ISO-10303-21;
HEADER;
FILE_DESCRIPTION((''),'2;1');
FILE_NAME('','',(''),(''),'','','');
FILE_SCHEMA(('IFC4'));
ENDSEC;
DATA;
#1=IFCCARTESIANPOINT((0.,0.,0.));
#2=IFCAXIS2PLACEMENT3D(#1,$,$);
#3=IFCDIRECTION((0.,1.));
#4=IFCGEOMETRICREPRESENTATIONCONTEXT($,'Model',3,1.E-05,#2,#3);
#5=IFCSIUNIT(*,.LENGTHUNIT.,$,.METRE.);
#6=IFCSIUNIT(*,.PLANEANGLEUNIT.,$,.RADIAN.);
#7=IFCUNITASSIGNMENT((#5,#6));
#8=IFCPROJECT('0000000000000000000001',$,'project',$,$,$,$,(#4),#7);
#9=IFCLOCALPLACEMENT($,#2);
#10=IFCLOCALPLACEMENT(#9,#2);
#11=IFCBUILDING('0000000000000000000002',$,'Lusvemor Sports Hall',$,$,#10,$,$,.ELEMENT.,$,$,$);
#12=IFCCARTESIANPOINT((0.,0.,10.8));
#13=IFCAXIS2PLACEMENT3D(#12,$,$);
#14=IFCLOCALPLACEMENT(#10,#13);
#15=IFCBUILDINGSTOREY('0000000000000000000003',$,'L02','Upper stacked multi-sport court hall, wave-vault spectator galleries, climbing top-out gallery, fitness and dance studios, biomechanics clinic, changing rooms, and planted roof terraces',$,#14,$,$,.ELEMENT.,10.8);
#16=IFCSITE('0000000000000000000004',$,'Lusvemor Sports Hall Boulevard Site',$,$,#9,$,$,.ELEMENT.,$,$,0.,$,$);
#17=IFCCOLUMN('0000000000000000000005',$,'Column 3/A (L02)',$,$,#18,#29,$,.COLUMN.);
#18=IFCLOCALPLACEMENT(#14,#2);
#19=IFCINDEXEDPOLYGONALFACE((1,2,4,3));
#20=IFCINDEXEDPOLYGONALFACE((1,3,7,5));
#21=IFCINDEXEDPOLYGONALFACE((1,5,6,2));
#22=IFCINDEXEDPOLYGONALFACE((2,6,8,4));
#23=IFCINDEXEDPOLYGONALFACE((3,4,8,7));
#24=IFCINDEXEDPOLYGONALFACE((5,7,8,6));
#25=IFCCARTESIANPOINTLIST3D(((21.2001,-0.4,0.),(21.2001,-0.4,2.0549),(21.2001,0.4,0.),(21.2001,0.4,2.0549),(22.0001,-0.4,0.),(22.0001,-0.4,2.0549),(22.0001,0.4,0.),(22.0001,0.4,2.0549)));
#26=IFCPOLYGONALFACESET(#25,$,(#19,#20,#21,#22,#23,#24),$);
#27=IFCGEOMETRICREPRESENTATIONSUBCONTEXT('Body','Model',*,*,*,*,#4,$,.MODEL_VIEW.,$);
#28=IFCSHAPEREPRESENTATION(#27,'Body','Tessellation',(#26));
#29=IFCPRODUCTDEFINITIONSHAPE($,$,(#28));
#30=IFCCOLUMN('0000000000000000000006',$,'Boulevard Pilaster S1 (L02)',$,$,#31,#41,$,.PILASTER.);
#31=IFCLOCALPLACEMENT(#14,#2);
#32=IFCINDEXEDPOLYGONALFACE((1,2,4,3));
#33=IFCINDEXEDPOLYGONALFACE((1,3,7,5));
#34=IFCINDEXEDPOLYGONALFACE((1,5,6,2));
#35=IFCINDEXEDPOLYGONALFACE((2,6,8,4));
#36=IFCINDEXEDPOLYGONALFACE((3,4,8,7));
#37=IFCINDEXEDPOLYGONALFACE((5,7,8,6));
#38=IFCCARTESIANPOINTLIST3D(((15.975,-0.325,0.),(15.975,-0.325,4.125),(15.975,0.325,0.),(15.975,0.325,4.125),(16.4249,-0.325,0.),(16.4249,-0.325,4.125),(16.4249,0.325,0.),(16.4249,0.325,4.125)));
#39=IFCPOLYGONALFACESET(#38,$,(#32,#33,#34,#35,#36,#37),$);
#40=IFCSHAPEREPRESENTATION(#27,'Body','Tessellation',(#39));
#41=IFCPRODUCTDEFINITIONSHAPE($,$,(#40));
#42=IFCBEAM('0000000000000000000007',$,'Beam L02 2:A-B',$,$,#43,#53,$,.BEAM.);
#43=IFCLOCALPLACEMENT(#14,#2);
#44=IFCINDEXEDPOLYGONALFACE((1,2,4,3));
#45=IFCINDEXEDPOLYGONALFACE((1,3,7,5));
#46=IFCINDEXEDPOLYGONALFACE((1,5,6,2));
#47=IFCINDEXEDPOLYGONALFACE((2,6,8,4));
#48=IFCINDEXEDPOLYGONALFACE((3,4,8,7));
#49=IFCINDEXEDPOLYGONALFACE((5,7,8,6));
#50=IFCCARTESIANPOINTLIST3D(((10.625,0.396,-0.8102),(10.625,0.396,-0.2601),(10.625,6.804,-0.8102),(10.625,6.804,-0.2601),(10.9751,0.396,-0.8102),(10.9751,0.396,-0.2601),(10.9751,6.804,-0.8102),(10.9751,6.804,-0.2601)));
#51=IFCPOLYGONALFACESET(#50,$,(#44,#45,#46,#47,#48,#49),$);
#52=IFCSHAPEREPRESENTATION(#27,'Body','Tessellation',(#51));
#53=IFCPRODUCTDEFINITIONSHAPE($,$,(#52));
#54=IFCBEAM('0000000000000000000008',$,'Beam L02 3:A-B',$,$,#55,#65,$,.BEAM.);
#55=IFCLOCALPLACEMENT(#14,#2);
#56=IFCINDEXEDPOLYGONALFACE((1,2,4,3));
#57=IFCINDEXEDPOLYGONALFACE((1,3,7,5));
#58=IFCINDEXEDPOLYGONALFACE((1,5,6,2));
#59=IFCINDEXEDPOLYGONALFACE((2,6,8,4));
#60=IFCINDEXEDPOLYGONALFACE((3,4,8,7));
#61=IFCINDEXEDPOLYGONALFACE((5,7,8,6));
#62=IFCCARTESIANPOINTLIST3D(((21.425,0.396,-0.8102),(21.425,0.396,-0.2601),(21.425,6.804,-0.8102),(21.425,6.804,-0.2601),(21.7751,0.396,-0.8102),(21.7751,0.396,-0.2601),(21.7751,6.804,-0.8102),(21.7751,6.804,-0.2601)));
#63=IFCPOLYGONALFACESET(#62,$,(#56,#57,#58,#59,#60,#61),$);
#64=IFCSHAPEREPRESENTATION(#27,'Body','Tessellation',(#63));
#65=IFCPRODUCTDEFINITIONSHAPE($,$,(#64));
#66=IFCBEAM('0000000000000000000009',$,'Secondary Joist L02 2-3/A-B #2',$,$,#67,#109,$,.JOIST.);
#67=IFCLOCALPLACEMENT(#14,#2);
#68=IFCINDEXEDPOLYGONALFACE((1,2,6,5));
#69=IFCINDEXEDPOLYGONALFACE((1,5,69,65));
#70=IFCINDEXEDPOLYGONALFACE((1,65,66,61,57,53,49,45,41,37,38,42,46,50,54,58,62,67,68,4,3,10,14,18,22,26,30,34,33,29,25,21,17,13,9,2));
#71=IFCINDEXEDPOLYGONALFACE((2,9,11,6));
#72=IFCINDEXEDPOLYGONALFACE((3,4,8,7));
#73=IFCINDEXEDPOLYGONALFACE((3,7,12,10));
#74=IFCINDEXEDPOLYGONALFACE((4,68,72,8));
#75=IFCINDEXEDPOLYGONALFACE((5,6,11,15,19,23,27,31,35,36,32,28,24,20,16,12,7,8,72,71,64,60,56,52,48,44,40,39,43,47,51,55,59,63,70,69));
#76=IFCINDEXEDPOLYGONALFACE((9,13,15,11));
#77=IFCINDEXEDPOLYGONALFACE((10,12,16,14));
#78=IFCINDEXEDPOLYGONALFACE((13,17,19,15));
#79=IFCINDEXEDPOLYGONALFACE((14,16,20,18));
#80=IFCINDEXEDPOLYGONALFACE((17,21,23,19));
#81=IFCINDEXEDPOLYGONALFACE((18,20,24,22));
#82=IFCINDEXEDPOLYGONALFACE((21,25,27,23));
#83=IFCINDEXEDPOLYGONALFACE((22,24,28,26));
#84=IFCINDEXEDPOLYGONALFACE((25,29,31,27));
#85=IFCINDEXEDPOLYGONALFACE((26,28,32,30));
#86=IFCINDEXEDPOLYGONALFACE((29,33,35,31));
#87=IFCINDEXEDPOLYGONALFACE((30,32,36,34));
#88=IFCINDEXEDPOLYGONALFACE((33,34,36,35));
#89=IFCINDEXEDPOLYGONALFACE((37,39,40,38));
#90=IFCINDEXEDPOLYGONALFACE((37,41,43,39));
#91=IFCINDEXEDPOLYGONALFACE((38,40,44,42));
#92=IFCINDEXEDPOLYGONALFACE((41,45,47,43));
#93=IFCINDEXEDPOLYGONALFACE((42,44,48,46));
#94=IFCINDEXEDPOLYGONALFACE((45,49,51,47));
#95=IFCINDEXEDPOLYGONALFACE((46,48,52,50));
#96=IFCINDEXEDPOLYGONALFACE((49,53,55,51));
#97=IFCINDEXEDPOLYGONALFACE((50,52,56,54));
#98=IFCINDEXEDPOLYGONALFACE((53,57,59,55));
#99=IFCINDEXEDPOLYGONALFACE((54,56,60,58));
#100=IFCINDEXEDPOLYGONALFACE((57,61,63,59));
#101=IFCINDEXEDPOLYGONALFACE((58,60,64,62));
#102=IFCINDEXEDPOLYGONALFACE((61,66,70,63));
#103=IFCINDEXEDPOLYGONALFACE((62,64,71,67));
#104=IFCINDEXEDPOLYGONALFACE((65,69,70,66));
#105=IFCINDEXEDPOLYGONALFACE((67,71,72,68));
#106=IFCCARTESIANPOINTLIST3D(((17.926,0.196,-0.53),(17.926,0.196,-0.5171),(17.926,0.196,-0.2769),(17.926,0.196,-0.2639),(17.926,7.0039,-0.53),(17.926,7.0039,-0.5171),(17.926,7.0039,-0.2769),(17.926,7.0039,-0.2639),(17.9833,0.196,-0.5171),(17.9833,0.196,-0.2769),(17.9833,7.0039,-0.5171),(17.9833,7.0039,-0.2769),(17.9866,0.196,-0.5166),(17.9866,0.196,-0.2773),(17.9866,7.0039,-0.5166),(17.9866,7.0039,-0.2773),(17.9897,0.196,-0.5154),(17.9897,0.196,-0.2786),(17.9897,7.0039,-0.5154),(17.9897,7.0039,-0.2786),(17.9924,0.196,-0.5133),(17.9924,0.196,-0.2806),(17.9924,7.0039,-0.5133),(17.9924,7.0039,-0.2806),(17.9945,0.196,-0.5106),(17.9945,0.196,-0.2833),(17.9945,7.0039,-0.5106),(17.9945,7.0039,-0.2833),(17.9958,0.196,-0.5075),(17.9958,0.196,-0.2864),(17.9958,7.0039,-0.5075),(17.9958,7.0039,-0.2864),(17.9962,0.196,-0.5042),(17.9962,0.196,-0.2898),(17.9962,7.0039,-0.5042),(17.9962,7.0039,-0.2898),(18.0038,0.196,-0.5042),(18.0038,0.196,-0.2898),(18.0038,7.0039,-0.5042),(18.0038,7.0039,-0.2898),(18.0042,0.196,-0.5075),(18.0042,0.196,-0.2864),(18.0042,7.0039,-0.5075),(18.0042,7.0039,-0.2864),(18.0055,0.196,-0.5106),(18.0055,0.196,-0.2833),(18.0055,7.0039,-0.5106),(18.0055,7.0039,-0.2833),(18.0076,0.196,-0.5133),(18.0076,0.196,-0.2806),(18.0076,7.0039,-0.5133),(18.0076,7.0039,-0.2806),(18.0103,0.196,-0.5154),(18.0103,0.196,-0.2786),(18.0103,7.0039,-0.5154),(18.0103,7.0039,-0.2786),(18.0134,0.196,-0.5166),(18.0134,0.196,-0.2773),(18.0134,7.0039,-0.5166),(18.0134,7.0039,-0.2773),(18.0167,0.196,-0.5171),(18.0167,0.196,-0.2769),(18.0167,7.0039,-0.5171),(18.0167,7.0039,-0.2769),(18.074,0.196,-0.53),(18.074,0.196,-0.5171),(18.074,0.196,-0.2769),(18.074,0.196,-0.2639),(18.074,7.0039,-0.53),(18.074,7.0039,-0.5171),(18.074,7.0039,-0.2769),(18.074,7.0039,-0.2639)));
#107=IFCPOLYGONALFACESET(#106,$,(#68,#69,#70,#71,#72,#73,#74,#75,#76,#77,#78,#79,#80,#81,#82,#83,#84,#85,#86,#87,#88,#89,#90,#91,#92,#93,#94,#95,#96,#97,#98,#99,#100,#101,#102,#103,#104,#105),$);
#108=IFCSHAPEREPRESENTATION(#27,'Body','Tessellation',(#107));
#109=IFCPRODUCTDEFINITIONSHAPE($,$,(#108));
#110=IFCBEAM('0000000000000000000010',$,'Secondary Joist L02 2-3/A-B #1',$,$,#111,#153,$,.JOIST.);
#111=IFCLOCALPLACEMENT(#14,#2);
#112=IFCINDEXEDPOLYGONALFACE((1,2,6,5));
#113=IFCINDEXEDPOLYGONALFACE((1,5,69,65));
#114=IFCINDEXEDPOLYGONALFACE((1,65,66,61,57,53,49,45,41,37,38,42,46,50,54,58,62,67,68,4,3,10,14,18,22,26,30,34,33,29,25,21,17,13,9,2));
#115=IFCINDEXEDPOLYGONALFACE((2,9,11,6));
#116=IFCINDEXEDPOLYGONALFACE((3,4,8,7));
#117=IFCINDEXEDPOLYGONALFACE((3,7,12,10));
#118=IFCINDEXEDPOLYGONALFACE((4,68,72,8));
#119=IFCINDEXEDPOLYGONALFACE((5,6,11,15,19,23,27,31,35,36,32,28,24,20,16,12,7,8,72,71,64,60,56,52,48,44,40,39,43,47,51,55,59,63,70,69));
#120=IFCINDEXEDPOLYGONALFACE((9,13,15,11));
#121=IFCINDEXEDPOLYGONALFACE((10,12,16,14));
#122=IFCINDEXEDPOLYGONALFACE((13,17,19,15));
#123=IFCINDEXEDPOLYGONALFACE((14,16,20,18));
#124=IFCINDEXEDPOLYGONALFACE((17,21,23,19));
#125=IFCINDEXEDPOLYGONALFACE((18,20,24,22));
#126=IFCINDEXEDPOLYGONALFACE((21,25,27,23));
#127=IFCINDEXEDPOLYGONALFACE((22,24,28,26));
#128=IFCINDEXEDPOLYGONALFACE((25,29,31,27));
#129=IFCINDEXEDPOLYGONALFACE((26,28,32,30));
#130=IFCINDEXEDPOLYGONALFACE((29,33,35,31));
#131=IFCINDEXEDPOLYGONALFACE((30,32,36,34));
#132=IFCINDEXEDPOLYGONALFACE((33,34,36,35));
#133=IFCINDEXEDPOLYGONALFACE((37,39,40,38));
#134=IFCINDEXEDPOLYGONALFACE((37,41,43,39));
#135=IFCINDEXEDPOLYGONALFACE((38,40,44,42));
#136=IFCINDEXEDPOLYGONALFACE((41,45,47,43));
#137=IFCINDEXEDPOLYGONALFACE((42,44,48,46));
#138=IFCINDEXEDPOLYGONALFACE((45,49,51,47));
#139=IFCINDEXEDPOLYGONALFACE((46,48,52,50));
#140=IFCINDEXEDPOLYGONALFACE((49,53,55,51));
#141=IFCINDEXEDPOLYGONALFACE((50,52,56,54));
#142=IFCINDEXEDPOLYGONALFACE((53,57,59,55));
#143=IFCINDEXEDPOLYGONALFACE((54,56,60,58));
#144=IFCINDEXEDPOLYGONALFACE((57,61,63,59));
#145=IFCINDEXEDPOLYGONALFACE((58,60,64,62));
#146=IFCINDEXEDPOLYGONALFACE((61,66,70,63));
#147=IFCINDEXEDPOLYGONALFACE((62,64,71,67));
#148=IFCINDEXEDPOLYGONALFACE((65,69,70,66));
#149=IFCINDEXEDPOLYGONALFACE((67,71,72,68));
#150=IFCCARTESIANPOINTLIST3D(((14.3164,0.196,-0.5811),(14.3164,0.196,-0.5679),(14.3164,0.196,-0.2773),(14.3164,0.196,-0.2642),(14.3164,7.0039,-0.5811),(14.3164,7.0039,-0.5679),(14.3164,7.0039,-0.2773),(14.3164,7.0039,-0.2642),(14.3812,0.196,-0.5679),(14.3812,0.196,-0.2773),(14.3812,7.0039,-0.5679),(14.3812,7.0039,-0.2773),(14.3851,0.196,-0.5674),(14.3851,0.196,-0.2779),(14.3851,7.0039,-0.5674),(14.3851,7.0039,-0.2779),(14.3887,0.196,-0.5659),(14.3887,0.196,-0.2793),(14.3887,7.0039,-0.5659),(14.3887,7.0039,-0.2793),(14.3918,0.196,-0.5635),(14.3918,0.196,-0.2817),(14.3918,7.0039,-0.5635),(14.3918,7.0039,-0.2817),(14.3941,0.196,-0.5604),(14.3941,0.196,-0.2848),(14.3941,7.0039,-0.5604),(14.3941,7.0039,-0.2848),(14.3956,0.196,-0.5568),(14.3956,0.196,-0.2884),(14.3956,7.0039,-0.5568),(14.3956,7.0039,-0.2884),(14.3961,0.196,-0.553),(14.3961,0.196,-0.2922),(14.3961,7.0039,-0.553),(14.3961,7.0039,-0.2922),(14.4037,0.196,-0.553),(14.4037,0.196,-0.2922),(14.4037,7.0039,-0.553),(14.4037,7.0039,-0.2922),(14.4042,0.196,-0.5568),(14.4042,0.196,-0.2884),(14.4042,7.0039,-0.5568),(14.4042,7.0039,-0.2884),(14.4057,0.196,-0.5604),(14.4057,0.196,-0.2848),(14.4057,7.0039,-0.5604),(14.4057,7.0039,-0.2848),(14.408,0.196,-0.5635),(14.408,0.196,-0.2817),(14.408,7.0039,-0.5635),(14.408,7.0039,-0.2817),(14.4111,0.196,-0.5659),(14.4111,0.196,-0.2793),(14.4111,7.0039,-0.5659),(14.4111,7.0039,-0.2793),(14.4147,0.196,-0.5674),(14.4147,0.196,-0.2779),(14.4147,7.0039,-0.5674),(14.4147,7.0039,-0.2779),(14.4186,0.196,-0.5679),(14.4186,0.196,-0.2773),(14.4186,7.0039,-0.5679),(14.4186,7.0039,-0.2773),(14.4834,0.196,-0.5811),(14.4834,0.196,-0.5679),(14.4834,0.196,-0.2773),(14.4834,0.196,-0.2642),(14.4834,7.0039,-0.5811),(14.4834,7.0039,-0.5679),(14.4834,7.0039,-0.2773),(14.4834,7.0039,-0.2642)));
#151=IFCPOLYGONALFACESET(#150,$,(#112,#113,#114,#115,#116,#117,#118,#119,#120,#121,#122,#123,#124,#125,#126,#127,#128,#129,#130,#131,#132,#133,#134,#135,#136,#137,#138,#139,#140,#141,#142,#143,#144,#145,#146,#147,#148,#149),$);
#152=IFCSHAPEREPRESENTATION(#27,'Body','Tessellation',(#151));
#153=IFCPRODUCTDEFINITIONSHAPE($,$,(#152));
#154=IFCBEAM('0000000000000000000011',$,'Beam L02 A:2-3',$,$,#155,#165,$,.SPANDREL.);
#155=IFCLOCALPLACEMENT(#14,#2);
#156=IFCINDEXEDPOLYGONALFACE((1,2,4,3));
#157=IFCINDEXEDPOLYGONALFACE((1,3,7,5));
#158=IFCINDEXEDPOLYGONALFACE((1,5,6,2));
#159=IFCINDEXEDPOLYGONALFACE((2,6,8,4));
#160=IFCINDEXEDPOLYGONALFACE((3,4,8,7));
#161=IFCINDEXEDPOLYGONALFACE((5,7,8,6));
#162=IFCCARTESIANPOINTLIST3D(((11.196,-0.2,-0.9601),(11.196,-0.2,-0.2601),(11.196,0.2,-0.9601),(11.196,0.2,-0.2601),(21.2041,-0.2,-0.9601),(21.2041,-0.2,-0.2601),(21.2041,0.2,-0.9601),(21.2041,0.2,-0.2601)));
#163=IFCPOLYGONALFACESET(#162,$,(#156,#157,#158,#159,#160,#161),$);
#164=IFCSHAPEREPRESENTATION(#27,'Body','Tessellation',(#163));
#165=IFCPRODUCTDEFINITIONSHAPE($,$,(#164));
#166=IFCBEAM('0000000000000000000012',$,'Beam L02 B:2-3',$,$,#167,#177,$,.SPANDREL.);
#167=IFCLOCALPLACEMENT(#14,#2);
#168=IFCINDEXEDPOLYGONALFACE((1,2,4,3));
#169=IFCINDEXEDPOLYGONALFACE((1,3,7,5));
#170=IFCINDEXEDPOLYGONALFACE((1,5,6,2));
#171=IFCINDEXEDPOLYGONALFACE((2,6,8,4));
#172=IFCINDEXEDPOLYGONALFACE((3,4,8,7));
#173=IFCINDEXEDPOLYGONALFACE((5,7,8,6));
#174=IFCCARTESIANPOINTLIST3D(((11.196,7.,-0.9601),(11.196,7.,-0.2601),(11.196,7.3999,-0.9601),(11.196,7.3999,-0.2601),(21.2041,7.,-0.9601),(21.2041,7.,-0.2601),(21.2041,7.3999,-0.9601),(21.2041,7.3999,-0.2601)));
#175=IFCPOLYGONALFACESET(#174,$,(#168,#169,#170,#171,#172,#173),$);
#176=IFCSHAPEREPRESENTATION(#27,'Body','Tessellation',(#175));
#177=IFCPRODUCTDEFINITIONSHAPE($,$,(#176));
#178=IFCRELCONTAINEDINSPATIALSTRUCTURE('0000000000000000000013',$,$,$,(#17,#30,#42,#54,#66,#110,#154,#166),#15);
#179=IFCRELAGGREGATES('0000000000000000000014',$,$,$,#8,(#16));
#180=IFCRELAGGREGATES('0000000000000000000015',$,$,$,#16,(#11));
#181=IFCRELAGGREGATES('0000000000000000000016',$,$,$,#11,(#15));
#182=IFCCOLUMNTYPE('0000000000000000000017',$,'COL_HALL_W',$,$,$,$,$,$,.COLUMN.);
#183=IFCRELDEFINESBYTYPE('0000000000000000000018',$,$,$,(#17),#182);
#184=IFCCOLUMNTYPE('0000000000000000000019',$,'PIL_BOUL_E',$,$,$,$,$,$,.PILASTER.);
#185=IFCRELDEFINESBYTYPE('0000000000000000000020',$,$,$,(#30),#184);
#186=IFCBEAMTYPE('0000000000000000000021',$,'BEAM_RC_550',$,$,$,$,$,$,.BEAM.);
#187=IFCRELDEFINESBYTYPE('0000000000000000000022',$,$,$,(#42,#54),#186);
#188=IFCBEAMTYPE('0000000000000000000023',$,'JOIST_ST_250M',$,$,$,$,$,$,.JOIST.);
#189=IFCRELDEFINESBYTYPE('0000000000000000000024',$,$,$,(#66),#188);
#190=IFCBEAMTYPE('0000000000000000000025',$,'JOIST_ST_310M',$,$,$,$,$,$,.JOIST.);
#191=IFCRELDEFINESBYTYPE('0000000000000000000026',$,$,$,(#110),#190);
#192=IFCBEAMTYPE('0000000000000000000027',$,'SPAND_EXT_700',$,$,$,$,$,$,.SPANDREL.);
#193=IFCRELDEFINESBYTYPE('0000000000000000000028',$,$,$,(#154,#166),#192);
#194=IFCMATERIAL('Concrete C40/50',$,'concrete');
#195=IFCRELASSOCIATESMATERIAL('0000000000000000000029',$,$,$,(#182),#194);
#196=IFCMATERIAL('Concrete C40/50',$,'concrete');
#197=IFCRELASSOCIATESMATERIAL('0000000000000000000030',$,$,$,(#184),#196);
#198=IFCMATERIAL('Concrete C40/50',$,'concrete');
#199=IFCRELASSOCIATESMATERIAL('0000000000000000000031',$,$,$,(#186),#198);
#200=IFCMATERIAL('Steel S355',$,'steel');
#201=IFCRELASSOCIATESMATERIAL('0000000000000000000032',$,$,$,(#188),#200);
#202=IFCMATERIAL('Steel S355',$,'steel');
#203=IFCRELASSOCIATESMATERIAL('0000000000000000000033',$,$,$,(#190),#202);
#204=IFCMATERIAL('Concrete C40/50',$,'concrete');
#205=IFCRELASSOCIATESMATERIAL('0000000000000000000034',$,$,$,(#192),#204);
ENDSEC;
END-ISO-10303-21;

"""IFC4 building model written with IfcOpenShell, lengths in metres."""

from ifc_helpers import new_model, si_unit, direction, frame, origin, origin_2d, place, context, subcontext, project, spatial, rectangle, i_section, extrude, material, material_profile, profile_set, type_object, element, save


model = new_model("IFC4")

# Units and contexts
model_context = context("Model", 3, precision=1e-05, world=origin(), true_north=direction((0.0, 1.0)))
body_context = subcontext(model_context, "Body", "Model", "MODEL_VIEW")
ifc_project = project(units=[si_unit("LENGTHUNIT", "METRE"), si_unit("PLANEANGLEUNIT", "RADIAN")], contexts=[model_context])

# Site, building, storey
site_placement = place(None, origin())
site = spatial("IfcSite", under=ifc_project, at=site_placement, Name="Lusvemor Sports Hall Boulevard Site", CompositionType="ELEMENT", RefElevation=0.0)
building_placement = place(site_placement, origin())
building = spatial("IfcBuilding", under=site, at=building_placement, Name="Lusvemor Sports Hall", CompositionType="ELEMENT")
storey_placement = place(building_placement, frame((0.0, 0.0, 10.8)))
storey = spatial("IfcBuildingStorey", under=building, at=storey_placement, Name="L02", Description="Upper stacked multi-sport court hall, wave-vault spectator galleries, climbing top-out gallery, fitness and dance studios, biomechanics clinic, changing rooms, and planted roof terraces", CompositionType="ELEMENT", Elevation=10.8)

# Columns
ifc_material_1 = material(Name="Concrete C40/50", Category="concrete")
ifc_material_profile_1 = material_profile(ifc_material_1, rectangle(XDim=0.8, YDim=0.8, at=origin_2d()), Name="RC800x800")
ifc_profile_set_1 = profile_set([ifc_material_profile_1], Name="Concrete C40/50")
column_type_1 = type_object("IfcColumnType", Name="COL_HALL_W", PredefinedType="COLUMN", material=ifc_profile_set_1)
column_1_placement = place(storey_placement, frame((21.6001, 0.0, 0.0), z_axis=(0.0, 0.0, 1.0), x_axis=(1.0, 0.0, 0.0)))
element("IfcColumn", 1, at=column_1_placement, inside=storey, type_object=column_type_1, Name="Column 3/A (L02)", PredefinedType="COLUMN", context=body_context, shape_type="SweptSolid", body=[
    extrude(rectangle(XDim=0.8, YDim=0.8, at=origin_2d()), origin(), (0.0, 0.0, 1.0), 2.0549),
])
ifc_material_2 = material(Name="Concrete C40/50", Category="concrete")
ifc_material_profile_2 = material_profile(ifc_material_2, rectangle(XDim=0.45, YDim=0.6499, at=origin_2d()), Name="RC450x650")
ifc_profile_set_2 = profile_set([ifc_material_profile_2], Name="Concrete C40/50")
column_type_2 = type_object("IfcColumnType", Name="PIL_BOUL_E", PredefinedType="PILASTER", material=ifc_profile_set_2)
column_2_placement = place(storey_placement, frame((16.2, 0.0, 0.0), z_axis=(0.0, 0.0, 1.0), x_axis=(1.0, 0.0, 0.0)))
element("IfcColumn", 2, at=column_2_placement, inside=storey, type_object=column_type_2, Name="Boulevard Pilaster S1 (L02)", PredefinedType="PILASTER", context=body_context, shape_type="SweptSolid", body=[
    extrude(rectangle(XDim=0.45, YDim=0.6499, at=origin_2d()), origin(), (0.0, 0.0, 1.0), 4.125),
])

# Beams
ifc_material_3 = material(Name="Concrete C40/50", Category="concrete")
ifc_material_profile_3 = material_profile(ifc_material_3, rectangle(XDim=0.3501, YDim=0.55, at=origin_2d()), Name="RC350x550")
ifc_profile_set_3 = profile_set([ifc_material_profile_3], Name="Concrete C40/50")
beam_type_1 = type_object("IfcBeamType", Name="BEAM_RC_550", PredefinedType="BEAM", material=ifc_profile_set_3)
for number, where, z_axis, x_axis, name in (
    (3, (10.8, 0.396, -0.5352), (0.0, 1.0, 0.0), (-1.0, 0.0, 0.0), "Beam L02 2:A-B"),
    (4, (21.6001, 0.396, -0.5352), (0.0, 1.0, 0.0), (-1.0, 0.0, 0.0), "Beam L02 3:A-B"),
):
    element("IfcBeam", number, at=place(storey_placement, frame(where, z_axis=z_axis, x_axis=x_axis)), inside=storey, type_object=beam_type_1, Name=name, PredefinedType="BEAM", context=body_context, shape_type="SweptSolid", body=[
        extrude(rectangle(XDim=0.3501, YDim=0.55, at=origin_2d()), origin(), (0.0, 0.0, 1.0), 6.408),
    ])
ifc_material_4 = material(Name="Steel S355", Category="steel")
ifc_material_profile_4 = material_profile(ifc_material_4, i_section(OverallWidth=0.1479, OverallDepth=0.2661, WebThickness=0.0076, FlangeThickness=0.0129, FilletRadius=0.0129, at=origin_2d()), Name="W250x44.8")
ifc_profile_set_4 = profile_set([ifc_material_profile_4], Name="Steel S355")
beam_type_2 = type_object("IfcBeamType", Name="JOIST_ST_250M", PredefinedType="JOIST", material=ifc_profile_set_4)
beam_1_placement = place(storey_placement, frame((18.0, 0.196, -0.397), z_axis=(0.0, 1.0, 0.0), x_axis=(-1.0, 0.0, 0.0)))
element("IfcBeam", 5, at=beam_1_placement, inside=storey, type_object=beam_type_2, Name="Secondary Joist L02 2-3/A-B #2", PredefinedType="JOIST", context=body_context, shape_type="SweptSolid", body=[
    extrude(i_section(OverallWidth=0.1479, OverallDepth=0.2661, WebThickness=0.0076, FlangeThickness=0.0129, FilletRadius=0.0129, at=origin_2d()), origin(), (0.0, 0.0, 1.0), 6.8079),
])
ifc_material_5 = material(Name="Steel S355", Category="steel")
ifc_material_profile_5 = material_profile(ifc_material_5, i_section(OverallWidth=0.167, OverallDepth=0.3169, WebThickness=0.0076, FlangeThickness=0.0132, FilletRadius=0.0149, at=origin_2d()), Name="W310x52.0")
ifc_profile_set_5 = profile_set([ifc_material_profile_5], Name="Steel S355")
beam_type_3 = type_object("IfcBeamType", Name="JOIST_ST_310M", PredefinedType="JOIST", material=ifc_profile_set_5)
beam_2_placement = place(storey_placement, frame((14.3999, 0.196, -0.4226), z_axis=(0.0, 1.0, 0.0), x_axis=(-1.0, 0.0, 0.0)))
element("IfcBeam", 6, at=beam_2_placement, inside=storey, type_object=beam_type_3, Name="Secondary Joist L02 2-3/A-B #1", PredefinedType="JOIST", context=body_context, shape_type="SweptSolid", body=[
    extrude(i_section(OverallWidth=0.167, OverallDepth=0.3169, WebThickness=0.0076, FlangeThickness=0.0132, FilletRadius=0.0149, at=origin_2d()), origin(), (0.0, 0.0, 1.0), 6.8079),
])
ifc_material_6 = material(Name="Concrete C40/50", Category="concrete")
ifc_material_profile_6 = material_profile(ifc_material_6, rectangle(XDim=0.3999, YDim=0.7, at=origin_2d()), Name="RC400x700")
ifc_profile_set_6 = profile_set([ifc_material_profile_6], Name="Concrete C40/50")
beam_type_4 = type_object("IfcBeamType", Name="SPAND_EXT_700", PredefinedType="SPANDREL", material=ifc_profile_set_6)
for number, where, z_axis, x_axis, name in (
    (7, (11.196, 0.0, -0.6101), (1.0, 0.0, 0.0), (0.0, 1.0, 0.0), "Beam L02 A:2-3"),
    (8, (11.196, 7.2, -0.6101), (1.0, 0.0, 0.0), (0.0, 1.0, 0.0), "Beam L02 B:2-3"),
):
    element("IfcBeam", number, at=place(storey_placement, frame(where, z_axis=z_axis, x_axis=x_axis)), inside=storey, type_object=beam_type_4, Name=name, PredefinedType="SPANDREL", context=body_context, shape_type="SweptSolid", body=[
        extrude(rectangle(XDim=0.3999, YDim=0.7, at=origin_2d()), origin(), (0.0, 0.0, 1.0), 10.0081),
    ])

save(model, "model.ifc")
